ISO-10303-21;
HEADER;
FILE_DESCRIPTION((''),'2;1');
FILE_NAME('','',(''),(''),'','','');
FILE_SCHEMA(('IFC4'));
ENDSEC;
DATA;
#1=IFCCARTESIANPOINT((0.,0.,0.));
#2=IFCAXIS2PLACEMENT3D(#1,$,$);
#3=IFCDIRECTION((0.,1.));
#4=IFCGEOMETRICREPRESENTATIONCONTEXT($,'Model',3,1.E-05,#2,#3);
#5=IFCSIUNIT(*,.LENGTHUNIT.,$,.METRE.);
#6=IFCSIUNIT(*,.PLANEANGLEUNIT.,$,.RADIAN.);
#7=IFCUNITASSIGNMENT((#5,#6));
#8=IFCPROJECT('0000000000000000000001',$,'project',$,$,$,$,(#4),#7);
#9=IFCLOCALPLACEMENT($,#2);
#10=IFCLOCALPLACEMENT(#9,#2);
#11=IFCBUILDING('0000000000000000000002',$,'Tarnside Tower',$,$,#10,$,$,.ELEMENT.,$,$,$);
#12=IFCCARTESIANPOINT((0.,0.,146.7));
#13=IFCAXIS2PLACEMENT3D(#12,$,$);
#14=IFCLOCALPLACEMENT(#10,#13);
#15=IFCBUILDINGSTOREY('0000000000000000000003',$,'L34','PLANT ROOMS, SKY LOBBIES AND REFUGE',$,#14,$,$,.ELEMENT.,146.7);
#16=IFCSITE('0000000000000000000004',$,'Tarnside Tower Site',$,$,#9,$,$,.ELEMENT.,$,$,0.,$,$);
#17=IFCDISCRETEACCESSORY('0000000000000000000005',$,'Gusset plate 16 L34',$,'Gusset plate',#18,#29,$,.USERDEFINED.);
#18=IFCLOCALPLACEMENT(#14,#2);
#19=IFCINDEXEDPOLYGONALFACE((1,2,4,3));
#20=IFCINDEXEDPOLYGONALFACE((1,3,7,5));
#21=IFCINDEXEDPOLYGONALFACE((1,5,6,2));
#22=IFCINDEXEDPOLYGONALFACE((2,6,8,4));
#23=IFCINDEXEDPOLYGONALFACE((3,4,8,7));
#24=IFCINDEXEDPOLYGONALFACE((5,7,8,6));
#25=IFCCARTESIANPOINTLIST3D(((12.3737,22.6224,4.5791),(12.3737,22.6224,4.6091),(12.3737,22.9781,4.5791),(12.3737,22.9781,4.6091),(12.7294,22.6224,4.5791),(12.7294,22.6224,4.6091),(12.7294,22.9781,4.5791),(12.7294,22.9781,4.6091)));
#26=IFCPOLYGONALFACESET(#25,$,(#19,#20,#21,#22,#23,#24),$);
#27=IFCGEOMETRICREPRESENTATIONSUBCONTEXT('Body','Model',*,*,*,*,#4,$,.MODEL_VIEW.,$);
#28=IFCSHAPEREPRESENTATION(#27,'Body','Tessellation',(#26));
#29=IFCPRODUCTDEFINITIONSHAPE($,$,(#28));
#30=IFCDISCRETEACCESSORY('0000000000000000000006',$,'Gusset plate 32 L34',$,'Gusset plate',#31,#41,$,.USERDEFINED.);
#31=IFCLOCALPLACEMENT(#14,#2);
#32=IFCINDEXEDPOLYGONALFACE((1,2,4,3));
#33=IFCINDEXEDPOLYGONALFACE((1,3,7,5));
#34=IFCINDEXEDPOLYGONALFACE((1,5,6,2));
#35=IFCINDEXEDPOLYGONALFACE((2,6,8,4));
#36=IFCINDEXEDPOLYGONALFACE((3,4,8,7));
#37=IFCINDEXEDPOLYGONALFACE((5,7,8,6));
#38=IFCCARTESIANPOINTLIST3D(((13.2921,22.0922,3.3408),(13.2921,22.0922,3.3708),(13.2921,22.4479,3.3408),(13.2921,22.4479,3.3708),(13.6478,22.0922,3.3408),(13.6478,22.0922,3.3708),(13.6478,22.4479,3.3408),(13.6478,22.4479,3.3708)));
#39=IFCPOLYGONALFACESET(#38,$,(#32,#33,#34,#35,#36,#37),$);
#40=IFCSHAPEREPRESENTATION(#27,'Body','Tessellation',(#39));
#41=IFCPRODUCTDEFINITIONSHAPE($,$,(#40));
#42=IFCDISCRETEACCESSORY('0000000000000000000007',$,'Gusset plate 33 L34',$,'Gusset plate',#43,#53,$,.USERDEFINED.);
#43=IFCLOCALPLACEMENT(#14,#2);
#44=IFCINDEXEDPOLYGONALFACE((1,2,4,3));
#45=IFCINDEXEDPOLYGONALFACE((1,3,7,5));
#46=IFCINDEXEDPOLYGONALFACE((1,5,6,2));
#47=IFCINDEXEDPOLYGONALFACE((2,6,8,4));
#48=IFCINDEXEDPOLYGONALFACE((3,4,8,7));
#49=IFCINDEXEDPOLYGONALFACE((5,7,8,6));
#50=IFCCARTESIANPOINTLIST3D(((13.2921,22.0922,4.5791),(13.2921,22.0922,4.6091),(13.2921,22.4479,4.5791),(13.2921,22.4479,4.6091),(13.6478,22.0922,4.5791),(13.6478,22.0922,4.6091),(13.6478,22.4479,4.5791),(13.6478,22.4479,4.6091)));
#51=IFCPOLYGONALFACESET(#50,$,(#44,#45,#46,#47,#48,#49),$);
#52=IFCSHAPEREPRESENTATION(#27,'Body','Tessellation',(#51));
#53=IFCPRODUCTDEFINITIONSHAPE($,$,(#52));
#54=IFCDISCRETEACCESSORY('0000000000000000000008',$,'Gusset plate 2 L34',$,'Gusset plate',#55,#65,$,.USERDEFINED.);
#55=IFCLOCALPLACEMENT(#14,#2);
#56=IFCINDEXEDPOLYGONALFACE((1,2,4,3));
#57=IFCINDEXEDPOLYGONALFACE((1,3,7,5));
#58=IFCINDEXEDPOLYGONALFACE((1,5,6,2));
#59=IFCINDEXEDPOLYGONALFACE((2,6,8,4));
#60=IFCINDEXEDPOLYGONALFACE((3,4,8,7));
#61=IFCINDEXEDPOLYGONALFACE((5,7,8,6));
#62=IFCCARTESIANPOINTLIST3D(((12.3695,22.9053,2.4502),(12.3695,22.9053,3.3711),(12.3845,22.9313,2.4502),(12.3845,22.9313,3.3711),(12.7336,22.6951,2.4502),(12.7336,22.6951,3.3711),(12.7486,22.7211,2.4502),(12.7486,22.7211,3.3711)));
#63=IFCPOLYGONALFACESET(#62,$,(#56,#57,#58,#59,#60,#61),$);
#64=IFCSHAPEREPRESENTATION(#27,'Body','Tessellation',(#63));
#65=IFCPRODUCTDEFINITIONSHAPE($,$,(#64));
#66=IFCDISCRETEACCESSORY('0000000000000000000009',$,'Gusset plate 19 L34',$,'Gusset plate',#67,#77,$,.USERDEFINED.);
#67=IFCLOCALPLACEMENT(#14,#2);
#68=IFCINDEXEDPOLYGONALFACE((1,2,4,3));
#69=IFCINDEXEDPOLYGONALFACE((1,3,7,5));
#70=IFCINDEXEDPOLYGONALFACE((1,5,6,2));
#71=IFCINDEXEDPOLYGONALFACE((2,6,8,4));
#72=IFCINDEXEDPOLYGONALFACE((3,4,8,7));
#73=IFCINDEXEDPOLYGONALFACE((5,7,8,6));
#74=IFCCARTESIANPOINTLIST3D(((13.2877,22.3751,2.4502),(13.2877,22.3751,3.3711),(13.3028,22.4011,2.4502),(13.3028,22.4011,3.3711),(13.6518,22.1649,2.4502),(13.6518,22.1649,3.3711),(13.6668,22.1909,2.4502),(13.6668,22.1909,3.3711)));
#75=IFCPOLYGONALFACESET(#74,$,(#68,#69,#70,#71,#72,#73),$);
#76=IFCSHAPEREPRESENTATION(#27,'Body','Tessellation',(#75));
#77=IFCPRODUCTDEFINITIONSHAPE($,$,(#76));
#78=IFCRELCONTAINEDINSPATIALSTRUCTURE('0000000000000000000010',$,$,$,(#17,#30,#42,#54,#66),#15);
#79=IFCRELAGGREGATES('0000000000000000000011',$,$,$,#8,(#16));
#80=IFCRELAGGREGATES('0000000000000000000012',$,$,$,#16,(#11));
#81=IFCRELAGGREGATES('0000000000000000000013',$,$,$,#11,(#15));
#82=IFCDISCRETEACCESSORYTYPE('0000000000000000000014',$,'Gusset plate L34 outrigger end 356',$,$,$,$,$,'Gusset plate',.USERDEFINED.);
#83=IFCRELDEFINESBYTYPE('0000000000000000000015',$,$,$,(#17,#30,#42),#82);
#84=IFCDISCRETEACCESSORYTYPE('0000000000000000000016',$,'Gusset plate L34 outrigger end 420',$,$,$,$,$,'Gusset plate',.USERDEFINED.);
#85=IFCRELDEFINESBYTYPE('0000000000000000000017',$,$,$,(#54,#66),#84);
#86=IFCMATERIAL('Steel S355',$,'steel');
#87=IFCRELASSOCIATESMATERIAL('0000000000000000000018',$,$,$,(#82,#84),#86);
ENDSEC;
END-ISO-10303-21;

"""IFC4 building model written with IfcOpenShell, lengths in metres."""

from ifc_helpers import new_model, si_unit, direction, frame, origin, origin_2d, place, context, subcontext, project, spatial, rectangle, extrude, material, type_object, element, save


model = new_model("IFC4")

# Units and contexts
model_context = context("Model", 3, precision=1e-05, world=origin(), true_north=direction((0.0, 1.0)))
body_context = subcontext(model_context, "Body", "Model", "MODEL_VIEW")
ifc_project = project(units=[si_unit("LENGTHUNIT", "METRE"), si_unit("PLANEANGLEUNIT", "RADIAN")], contexts=[model_context])

# Site, building, storey
site_placement = place(None, origin())
site = spatial("IfcSite", under=ifc_project, at=site_placement, Name="Tarnside Tower Site", CompositionType="ELEMENT", RefElevation=0.0)
building_placement = place(site_placement, origin())
building = spatial("IfcBuilding", under=site, at=building_placement, Name="Tarnside Tower", CompositionType="ELEMENT")
storey_placement = place(building_placement, frame((0.0, 0.0, 146.7)))
storey = spatial("IfcBuildingStorey", under=building, at=storey_placement, Name="L34", Description="PLANT ROOMS, SKY LOBBIES AND REFUGE", CompositionType="ELEMENT", Elevation=146.7)

# Shared definitions
ifc_material_1 = material(Name="Steel S355", Category="steel")

# Discrete accessories
discrete_accessory_type_1 = type_object("IfcDiscreteAccessoryType", Name="Gusset plate L34 outrigger end 356", ElementType="Gusset plate", PredefinedType="USERDEFINED", material=ifc_material_1)
for number, where, z_axis, x_axis, name in (
    (1, (12.5515, 22.8003, 4.5791), (0.0, 0.0, 1.0), (1.0, 0.0, 0.0), "Gusset plate 16 L34"),
    (2, (13.47, 22.27, 3.3408), (0.0, 0.0, 1.0), (1.0, 0.0, 0.0), "Gusset plate 32 L34"),
    (3, (13.47, 22.27, 4.5791), (0.0, 0.0, 1.0), (1.0, 0.0, 0.0), "Gusset plate 33 L34"),
):
    element("IfcDiscreteAccessory", number, at=place(storey_placement, frame(where, z_axis=z_axis, x_axis=x_axis)), inside=storey, type_object=discrete_accessory_type_1, Name=name, ObjectType="Gusset plate", PredefinedType="USERDEFINED", context=body_context, shape_type="SweptSolid", body=[
        extrude(rectangle(XDim=0.3557, YDim=0.3557, at=origin_2d()), origin(), (0.0, 0.0, 1.0), 0.03),
    ])
discrete_accessory_type_2 = type_object("IfcDiscreteAccessoryType", Name="Gusset plate L34 outrigger end 420", ElementType="Gusset plate", PredefinedType="USERDEFINED", material=ifc_material_1)
for number, where, z_axis, x_axis, name in (
    (4, (12.5591, 22.8132, 2.4502), (0.0, 0.0, 1.0), (0.500012, 0.866018, 0.0), "Gusset plate 2 L34"),
    (5, (13.4773, 22.283, 2.4502), (0.0, 0.0, 1.0), (0.500012, 0.866018, 0.0), "Gusset plate 19 L34"),
):
    element("IfcDiscreteAccessory", number, at=place(storey_placement, frame(where, z_axis=z_axis, x_axis=x_axis)), inside=storey, type_object=discrete_accessory_type_2, Name=name, ObjectType="Gusset plate", PredefinedType="USERDEFINED", context=body_context, shape_type="SweptSolid", body=[
        extrude(rectangle(XDim=0.03, YDim=0.4204, at=origin_2d()), origin(), (0.0, 0.0, 1.0), 0.9209),
    ])

save(model, "model.ifc")
